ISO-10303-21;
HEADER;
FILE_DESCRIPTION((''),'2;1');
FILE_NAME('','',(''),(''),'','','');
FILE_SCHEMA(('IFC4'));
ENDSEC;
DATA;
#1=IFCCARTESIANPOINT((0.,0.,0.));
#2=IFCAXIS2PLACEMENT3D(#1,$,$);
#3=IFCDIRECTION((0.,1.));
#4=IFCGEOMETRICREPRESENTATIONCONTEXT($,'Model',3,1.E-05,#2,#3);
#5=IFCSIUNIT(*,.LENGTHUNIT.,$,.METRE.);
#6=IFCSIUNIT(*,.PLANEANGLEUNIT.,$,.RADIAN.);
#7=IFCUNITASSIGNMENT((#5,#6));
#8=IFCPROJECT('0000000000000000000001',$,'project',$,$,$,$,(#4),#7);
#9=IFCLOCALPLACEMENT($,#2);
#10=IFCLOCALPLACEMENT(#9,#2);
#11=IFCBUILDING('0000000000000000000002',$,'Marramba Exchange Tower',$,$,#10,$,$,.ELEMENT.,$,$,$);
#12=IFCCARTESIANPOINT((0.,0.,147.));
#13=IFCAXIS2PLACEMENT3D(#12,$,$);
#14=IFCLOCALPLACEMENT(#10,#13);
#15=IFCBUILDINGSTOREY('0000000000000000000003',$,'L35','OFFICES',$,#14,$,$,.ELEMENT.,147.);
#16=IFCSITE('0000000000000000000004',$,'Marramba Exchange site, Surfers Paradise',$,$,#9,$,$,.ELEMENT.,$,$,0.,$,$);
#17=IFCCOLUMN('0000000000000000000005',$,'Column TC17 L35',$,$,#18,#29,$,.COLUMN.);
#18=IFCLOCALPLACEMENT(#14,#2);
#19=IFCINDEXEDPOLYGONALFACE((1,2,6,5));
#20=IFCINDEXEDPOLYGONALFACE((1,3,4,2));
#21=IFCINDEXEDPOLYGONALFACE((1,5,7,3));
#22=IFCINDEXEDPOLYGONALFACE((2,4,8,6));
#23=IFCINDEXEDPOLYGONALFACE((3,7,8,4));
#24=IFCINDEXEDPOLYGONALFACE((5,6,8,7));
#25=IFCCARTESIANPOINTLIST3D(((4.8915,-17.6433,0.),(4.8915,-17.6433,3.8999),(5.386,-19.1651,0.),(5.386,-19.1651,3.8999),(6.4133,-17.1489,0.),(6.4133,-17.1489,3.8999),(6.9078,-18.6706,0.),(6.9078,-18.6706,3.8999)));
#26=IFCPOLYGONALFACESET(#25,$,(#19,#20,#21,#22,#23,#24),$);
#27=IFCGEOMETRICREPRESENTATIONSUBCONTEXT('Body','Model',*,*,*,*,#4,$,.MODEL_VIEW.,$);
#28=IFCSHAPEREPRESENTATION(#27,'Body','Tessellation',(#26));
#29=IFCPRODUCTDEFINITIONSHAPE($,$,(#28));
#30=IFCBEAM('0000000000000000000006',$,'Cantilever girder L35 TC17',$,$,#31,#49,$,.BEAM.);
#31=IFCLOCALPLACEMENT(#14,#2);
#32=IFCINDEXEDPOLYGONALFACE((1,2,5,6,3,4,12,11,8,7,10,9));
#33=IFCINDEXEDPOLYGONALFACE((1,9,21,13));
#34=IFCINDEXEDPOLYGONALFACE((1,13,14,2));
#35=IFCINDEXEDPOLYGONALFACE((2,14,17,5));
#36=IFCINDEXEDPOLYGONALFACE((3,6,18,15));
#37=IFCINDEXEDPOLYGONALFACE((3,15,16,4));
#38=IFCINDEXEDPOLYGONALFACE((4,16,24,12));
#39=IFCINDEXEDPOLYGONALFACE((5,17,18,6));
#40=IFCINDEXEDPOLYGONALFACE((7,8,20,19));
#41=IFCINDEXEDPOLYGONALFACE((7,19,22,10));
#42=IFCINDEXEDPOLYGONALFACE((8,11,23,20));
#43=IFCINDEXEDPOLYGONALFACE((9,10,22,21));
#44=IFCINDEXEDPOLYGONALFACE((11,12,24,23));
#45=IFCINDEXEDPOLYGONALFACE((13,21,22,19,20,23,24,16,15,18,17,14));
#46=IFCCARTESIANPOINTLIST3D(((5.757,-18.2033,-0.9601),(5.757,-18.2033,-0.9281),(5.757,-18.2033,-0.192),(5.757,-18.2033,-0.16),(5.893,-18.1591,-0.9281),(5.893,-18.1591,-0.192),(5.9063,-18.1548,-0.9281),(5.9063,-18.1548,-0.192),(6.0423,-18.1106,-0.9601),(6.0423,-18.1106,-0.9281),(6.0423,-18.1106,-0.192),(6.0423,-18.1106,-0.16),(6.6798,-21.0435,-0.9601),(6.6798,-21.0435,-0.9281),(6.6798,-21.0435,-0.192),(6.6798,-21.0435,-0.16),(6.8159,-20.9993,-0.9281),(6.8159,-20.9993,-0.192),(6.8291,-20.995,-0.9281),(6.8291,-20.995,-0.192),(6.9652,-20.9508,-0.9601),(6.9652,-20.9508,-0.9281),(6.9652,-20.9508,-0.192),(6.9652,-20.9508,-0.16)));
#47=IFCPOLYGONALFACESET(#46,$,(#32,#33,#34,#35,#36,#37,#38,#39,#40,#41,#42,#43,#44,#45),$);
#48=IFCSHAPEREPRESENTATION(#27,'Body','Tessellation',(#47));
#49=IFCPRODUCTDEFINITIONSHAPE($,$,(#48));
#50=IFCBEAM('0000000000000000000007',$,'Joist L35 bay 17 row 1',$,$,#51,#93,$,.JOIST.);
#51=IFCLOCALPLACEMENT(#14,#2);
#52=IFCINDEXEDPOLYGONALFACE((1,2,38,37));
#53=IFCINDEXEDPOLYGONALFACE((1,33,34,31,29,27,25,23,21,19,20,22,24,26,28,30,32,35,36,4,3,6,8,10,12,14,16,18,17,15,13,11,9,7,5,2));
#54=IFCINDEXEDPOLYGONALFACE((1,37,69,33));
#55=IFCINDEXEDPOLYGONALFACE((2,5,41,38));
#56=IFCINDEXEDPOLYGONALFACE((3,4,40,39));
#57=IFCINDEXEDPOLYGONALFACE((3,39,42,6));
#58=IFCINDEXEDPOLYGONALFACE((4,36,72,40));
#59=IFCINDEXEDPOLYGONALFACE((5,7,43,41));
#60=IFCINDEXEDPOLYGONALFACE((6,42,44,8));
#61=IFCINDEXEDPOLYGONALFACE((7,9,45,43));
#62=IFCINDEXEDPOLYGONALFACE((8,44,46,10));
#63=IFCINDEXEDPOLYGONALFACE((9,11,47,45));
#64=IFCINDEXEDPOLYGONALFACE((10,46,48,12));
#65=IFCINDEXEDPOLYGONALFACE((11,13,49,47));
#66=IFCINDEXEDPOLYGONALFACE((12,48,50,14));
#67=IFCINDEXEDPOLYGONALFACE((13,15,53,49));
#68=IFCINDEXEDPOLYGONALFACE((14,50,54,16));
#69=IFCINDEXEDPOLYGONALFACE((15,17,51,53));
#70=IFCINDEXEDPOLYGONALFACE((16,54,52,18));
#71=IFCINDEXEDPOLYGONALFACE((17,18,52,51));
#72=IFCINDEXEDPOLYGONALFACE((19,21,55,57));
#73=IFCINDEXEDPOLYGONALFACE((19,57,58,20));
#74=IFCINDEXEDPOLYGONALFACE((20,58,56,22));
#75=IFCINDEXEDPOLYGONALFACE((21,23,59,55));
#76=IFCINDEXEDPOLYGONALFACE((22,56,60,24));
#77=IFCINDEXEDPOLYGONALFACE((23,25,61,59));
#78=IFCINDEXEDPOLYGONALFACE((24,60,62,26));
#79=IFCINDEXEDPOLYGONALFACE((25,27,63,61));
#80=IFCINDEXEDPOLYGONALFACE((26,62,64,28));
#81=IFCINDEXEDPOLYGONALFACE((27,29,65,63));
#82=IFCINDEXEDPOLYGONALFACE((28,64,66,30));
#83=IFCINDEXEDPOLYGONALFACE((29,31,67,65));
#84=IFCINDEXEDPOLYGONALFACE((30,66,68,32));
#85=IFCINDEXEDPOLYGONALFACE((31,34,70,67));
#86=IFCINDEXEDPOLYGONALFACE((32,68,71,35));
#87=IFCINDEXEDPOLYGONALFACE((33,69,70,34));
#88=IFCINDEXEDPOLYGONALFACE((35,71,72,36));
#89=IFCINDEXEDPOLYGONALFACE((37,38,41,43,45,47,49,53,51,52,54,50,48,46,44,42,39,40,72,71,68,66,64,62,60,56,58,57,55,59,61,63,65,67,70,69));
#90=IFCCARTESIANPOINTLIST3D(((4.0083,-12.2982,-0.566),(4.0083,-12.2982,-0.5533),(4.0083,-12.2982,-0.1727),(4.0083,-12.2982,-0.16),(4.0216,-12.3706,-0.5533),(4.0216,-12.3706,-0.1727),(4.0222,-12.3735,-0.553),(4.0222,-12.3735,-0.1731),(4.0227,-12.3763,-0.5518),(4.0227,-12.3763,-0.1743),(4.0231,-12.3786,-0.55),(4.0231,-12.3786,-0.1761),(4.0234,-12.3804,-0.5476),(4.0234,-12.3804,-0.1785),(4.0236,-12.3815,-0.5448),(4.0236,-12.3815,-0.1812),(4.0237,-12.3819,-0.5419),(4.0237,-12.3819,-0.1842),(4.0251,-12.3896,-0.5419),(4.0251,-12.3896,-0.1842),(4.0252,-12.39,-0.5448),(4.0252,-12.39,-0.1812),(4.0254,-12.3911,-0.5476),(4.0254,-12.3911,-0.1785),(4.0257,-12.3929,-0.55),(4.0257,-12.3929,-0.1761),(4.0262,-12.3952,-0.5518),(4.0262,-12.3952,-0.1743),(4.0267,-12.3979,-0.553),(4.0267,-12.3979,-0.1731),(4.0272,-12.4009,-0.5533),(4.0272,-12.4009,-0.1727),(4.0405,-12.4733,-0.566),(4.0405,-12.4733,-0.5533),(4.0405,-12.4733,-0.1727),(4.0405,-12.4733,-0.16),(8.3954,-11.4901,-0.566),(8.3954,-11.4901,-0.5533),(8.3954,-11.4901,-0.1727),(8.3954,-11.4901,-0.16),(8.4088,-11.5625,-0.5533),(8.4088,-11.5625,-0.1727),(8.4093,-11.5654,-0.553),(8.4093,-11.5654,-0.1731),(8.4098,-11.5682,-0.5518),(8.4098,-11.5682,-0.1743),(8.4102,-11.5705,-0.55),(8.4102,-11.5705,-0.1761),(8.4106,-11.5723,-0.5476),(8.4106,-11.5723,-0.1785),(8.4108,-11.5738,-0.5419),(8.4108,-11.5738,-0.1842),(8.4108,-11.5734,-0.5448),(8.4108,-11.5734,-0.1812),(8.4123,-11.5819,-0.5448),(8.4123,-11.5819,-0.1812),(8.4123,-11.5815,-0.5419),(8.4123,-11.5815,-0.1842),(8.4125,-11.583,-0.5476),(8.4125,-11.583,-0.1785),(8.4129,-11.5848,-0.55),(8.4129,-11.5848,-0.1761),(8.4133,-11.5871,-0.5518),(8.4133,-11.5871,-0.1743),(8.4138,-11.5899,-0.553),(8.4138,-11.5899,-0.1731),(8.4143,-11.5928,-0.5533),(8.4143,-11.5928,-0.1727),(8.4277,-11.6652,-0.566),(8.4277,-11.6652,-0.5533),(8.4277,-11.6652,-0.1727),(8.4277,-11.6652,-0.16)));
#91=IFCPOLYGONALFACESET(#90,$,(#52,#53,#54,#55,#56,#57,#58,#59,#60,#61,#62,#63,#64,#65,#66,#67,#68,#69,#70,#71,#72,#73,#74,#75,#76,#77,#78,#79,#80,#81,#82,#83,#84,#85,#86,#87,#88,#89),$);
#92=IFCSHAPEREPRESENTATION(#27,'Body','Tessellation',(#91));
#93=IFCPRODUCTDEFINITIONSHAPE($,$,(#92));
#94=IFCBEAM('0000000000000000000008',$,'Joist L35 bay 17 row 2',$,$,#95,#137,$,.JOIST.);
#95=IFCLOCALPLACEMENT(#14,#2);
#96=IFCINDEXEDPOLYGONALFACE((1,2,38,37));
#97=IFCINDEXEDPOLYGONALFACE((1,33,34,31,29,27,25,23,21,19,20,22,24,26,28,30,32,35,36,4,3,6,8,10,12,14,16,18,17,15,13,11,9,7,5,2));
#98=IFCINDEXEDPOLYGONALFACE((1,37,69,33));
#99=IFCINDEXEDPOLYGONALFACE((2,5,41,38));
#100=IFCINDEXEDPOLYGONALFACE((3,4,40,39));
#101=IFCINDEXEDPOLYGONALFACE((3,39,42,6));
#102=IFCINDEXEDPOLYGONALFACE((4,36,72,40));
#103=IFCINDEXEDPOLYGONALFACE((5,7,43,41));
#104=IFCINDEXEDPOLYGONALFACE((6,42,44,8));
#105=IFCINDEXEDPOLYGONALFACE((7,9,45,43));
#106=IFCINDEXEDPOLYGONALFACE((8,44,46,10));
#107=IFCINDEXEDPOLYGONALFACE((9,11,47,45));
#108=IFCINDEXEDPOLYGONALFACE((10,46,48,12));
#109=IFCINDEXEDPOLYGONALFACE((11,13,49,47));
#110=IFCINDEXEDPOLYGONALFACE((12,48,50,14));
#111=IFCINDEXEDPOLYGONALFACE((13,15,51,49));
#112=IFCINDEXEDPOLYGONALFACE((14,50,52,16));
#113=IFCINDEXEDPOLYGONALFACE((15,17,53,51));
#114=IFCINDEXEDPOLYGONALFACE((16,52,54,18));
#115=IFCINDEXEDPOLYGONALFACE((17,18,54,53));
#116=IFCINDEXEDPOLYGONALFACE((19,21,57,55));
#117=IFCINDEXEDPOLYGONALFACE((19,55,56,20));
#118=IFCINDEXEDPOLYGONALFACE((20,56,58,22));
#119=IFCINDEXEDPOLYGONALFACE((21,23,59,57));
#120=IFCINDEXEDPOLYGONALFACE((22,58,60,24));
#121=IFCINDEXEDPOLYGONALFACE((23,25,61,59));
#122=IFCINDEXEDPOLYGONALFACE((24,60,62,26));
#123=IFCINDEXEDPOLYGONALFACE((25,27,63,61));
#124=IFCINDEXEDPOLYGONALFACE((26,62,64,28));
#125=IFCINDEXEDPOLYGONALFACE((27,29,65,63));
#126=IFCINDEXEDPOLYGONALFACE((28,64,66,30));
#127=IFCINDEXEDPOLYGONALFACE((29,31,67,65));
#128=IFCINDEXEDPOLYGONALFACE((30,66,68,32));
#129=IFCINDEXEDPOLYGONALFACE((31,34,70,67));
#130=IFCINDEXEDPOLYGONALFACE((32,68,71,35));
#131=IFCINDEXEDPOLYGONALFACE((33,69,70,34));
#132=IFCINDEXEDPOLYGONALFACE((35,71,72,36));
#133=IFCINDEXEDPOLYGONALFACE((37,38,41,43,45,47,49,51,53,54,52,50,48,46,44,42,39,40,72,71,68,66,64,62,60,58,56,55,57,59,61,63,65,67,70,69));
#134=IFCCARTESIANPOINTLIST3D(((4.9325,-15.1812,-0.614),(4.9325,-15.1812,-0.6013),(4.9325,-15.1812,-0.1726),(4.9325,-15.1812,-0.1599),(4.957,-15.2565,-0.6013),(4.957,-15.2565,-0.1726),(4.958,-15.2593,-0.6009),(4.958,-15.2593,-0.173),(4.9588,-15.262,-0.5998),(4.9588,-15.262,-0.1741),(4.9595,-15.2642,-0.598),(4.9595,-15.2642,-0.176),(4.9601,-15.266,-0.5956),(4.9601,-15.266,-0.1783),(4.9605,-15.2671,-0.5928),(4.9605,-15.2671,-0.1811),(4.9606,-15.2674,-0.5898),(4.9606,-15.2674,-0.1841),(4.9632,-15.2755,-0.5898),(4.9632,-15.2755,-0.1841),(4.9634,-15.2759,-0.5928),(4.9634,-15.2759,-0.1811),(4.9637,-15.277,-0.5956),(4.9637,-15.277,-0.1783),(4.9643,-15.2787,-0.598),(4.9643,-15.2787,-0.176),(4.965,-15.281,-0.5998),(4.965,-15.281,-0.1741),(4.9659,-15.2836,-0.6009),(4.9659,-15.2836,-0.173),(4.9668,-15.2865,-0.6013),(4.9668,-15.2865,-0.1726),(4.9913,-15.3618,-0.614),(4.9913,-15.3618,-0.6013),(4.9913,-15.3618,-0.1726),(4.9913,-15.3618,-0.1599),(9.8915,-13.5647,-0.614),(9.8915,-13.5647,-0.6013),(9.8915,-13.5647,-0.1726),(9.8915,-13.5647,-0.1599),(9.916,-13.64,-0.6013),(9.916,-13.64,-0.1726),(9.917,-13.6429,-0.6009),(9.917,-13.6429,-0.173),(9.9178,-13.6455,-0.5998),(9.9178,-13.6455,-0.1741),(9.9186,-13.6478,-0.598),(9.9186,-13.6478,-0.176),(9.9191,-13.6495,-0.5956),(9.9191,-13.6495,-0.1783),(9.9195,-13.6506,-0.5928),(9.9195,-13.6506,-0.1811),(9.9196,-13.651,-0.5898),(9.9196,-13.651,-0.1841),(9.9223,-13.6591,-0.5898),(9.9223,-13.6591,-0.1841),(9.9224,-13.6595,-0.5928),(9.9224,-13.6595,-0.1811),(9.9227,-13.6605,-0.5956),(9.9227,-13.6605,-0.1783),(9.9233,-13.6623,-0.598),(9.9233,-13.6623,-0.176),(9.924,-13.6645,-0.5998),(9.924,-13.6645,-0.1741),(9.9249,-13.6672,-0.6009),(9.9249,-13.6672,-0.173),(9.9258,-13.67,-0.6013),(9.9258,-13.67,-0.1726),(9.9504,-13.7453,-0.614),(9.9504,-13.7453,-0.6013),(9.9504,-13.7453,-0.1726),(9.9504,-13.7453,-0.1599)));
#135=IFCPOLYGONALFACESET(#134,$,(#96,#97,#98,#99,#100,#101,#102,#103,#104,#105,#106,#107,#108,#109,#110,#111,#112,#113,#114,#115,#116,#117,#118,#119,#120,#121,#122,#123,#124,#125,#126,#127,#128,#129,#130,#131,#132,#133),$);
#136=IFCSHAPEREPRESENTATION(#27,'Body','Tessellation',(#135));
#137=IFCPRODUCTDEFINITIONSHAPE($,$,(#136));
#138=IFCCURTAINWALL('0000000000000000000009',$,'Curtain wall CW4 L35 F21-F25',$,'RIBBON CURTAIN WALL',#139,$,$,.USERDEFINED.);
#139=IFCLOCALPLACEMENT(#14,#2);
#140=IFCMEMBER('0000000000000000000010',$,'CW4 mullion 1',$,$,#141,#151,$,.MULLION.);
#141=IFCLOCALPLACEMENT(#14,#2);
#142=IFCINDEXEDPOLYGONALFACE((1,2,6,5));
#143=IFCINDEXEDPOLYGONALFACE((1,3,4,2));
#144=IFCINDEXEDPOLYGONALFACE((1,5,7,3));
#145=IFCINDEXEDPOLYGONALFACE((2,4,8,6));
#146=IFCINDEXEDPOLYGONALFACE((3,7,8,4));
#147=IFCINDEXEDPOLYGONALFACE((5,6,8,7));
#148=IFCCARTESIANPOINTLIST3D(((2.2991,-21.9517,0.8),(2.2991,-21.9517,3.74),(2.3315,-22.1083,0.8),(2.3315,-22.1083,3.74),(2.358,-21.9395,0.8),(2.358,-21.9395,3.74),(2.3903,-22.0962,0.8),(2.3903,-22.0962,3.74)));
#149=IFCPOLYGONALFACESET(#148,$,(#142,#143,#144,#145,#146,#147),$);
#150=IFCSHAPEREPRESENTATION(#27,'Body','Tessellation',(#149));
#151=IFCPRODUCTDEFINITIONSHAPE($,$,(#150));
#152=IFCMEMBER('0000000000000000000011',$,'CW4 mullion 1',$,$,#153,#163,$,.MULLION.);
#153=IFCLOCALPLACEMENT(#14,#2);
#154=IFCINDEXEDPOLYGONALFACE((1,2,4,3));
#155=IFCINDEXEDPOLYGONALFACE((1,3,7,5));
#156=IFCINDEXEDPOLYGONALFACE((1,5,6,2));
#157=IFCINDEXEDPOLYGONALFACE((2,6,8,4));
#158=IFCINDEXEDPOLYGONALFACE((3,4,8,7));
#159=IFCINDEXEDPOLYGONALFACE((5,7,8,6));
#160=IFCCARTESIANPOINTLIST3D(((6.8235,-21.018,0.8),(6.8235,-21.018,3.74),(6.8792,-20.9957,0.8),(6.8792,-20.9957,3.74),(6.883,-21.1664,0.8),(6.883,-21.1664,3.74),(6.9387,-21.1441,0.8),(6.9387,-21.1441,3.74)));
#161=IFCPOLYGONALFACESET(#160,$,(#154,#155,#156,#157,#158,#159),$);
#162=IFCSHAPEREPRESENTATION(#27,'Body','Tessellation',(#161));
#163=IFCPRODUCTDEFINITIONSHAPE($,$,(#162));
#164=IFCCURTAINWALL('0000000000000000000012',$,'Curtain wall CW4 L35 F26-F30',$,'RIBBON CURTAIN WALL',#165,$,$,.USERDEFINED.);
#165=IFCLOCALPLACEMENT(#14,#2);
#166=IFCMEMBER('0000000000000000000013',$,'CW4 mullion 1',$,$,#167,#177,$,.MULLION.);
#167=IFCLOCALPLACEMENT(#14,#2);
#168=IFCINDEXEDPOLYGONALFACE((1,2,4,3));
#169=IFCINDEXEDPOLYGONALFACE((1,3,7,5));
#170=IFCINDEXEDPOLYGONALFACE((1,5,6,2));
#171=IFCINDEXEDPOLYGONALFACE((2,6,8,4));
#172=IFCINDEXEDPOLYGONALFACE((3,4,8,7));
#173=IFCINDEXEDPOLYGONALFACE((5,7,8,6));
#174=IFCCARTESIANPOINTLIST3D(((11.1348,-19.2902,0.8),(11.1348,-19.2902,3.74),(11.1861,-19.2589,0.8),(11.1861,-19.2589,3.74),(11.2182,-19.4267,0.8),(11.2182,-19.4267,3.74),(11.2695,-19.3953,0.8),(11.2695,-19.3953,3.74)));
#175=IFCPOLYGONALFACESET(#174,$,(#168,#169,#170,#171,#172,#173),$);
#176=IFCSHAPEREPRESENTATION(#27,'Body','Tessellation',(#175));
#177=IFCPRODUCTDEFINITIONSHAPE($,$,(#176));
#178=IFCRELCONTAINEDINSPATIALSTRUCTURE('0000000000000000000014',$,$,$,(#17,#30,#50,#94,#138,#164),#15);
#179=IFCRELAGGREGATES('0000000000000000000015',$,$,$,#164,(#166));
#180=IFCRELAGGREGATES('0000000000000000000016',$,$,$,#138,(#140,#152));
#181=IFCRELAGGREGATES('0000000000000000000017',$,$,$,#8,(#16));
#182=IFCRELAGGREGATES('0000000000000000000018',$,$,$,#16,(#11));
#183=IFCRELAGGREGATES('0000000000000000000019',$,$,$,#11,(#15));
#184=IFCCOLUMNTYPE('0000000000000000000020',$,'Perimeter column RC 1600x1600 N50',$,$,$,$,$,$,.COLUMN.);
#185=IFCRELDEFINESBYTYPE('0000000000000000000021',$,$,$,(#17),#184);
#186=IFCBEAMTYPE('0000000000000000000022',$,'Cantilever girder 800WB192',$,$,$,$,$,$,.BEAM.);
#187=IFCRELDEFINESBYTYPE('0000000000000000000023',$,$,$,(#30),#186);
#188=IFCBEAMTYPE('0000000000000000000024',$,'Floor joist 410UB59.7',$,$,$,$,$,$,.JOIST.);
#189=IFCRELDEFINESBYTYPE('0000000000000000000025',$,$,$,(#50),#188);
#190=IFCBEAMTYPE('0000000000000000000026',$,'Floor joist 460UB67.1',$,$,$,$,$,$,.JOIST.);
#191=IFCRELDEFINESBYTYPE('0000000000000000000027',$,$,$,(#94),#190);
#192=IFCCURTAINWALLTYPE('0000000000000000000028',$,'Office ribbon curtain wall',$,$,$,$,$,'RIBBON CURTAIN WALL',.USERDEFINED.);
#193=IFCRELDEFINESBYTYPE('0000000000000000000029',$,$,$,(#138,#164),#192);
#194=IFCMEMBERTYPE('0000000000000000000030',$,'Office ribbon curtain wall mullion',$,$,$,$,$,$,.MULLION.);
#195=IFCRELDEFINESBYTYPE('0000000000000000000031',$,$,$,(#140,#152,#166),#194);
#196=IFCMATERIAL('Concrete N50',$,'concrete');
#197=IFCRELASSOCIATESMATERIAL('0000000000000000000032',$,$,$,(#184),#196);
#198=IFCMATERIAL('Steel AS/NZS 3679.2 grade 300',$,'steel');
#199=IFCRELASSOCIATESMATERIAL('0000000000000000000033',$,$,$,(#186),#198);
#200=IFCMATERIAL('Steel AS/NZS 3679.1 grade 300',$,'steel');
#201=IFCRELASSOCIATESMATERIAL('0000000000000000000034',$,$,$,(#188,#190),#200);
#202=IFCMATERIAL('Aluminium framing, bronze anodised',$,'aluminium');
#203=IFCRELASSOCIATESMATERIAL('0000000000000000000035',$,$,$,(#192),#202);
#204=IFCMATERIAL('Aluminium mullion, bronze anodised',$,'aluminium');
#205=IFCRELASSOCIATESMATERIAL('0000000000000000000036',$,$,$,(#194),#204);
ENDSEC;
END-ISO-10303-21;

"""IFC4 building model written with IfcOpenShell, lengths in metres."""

from ifc_helpers import new_model, si_unit, direction, frame, origin, origin_2d, place, context, subcontext, project, spatial, rectangle, i_section, extrude, material, material_profile, profile_set, type_object, element, aggregate, save


model = new_model("IFC4")

# Units and contexts
model_context = context("Model", 3, precision=1e-05, world=origin(), true_north=direction((0.0, 1.0)))
body_context = subcontext(model_context, "Body", "Model", "MODEL_VIEW")
ifc_project = project(units=[si_unit("LENGTHUNIT", "METRE"), si_unit("PLANEANGLEUNIT", "RADIAN")], contexts=[model_context])

# Site, building, storey
site_placement = place(None, origin())
site = spatial("IfcSite", under=ifc_project, at=site_placement, Name="Marramba Exchange site, Surfers Paradise", CompositionType="ELEMENT", RefElevation=0.0)
building_placement = place(site_placement, origin())
building = spatial("IfcBuilding", under=site, at=building_placement, Name="Marramba Exchange Tower", CompositionType="ELEMENT")
storey_placement = place(building_placement, frame((0.0, 0.0, 147.0)))
storey = spatial("IfcBuildingStorey", under=building, at=storey_placement, Name="L35", Description="OFFICES", CompositionType="ELEMENT", Elevation=147.0)

# Column
ifc_material_1 = material(Name="Concrete N50", Category="concrete")
ifc_material_profile_1 = material_profile(ifc_material_1, rectangle(XDim=1.6001, YDim=1.6001, at=origin_2d()), Name="RC 1600x1600")
ifc_profile_set_1 = profile_set([ifc_material_profile_1], Name="Concrete N50")
column_type = type_object("IfcColumnType", Name="Perimeter column RC 1600x1600 N50", PredefinedType="COLUMN", material=ifc_profile_set_1)
column_placement = place(storey_placement, frame((5.8997, -18.157, 0.0), z_axis=(0.0, 0.0, 1.0), x_axis=(0.309017, -0.951057, 0.0)))
element("IfcColumn", 1, at=column_placement, inside=storey, type_object=column_type, Name="Column TC17 L35", PredefinedType="COLUMN", context=body_context, shape_type="SweptSolid", body=[
    extrude(rectangle(XDim=1.6001, YDim=1.6001, at=origin_2d()), origin(), (0.0, 0.0, 1.0), 3.8999),
])

# Beams
ifc_material_2 = material(Name="Steel AS/NZS 3679.2 grade 300", Category="steel")
ifc_material_profile_2 = material_profile(ifc_material_2, i_section(OverallWidth=0.3, OverallDepth=0.8, WebThickness=0.0139, FlangeThickness=0.032, at=origin_2d()), Name="800WB192")
ifc_profile_set_2 = profile_set([ifc_material_profile_2], Name="Steel AS/NZS 3679.2 grade 300")
beam_type_1 = type_object("IfcBeamType", Name="Cantilever girder 800WB192", PredefinedType="BEAM", material=ifc_profile_set_2)
beam_1_placement = place(storey_placement, frame((5.8997, -18.157, -0.5601), z_axis=(0.309032, -0.951051, 0.0), x_axis=(0.951051, 0.309032, 0.0)))
element("IfcBeam", 2, at=beam_1_placement, inside=storey, type_object=beam_type_1, Name="Cantilever girder L35 TC17", PredefinedType="BEAM", context=body_context, shape_type="SweptSolid", body=[
    extrude(i_section(OverallWidth=0.3, OverallDepth=0.8, WebThickness=0.0139, FlangeThickness=0.032, at=origin_2d()), origin(), (0.0, 0.0, 1.0), 2.9863),
])
ifc_material_3 = material(Name="Steel AS/NZS 3679.1 grade 300", Category="steel")
ifc_material_profile_3 = material_profile(ifc_material_3, i_section(OverallWidth=0.178, OverallDepth=0.406, WebThickness=0.0078, FlangeThickness=0.0127, FilletRadius=0.0115, at=origin_2d()), Name="410UB59.7")
ifc_profile_set_3 = profile_set([ifc_material_profile_3], Name="Steel AS/NZS 3679.1 grade 300")
beam_type_2 = type_object("IfcBeamType", Name="Floor joist 410UB59.7", PredefinedType="JOIST", material=ifc_profile_set_3)
beam_2_placement = place(storey_placement, frame((4.0244, -12.3857, -0.363), z_axis=(0.983456, 0.181149, 0.0), x_axis=(-0.181149, 0.983456, 0.0)))
element("IfcBeam", 3, at=beam_2_placement, inside=storey, type_object=beam_type_2, Name="Joist L35 bay 17 row 1", PredefinedType="JOIST", context=body_context, shape_type="SweptSolid", body=[
    extrude(i_section(OverallWidth=0.178, OverallDepth=0.406, WebThickness=0.0078, FlangeThickness=0.0127, FilletRadius=0.0115, at=origin_2d()), origin(), (0.0, 0.0, 1.0), 4.4609),
])
ifc_material_profile_4 = material_profile(ifc_material_3, i_section(OverallWidth=0.1899, OverallDepth=0.4541, WebThickness=0.0085, FlangeThickness=0.0127, FilletRadius=0.0115, at=origin_2d()), Name="460UB67.1")
ifc_profile_set_4 = profile_set([ifc_material_profile_4], Name="Steel AS/NZS 3679.1 grade 300")
beam_type_3 = type_object("IfcBeamType", Name="Floor joist 460UB67.1", PredefinedType="JOIST", material=ifc_profile_set_4)
beam_3_placement = place(storey_placement, frame((4.9619, -15.2715, -0.387), z_axis=(0.950764, 0.309916, 0.0), x_axis=(-0.309916, 0.950764, 0.0)))
element("IfcBeam", 4, at=beam_3_placement, inside=storey, type_object=beam_type_3, Name="Joist L35 bay 17 row 2", PredefinedType="JOIST", context=body_context, shape_type="SweptSolid", body=[
    extrude(i_section(OverallWidth=0.1899, OverallDepth=0.4541, WebThickness=0.0085, FlangeThickness=0.0127, FilletRadius=0.0115, at=origin_2d()), origin(), (0.0, 0.0, 1.0), 5.2158),
])

# Curtain wall, members
ifc_material_4 = material(Name="Aluminium framing, bronze anodised", Category="aluminium")
curtain_wall_type = type_object("IfcCurtainWallType", Name="Office ribbon curtain wall", ElementType="RIBBON CURTAIN WALL", PredefinedType="USERDEFINED", material=ifc_material_4)
curtain_wall_1_placement = place(storey_placement, origin())
curtain_wall_1 = element("IfcCurtainWall", 5, at=curtain_wall_1_placement, inside=storey, type_object=curtain_wall_type, Name="Curtain wall CW4 L35 F21-F25", ObjectType="RIBBON CURTAIN WALL", PredefinedType="USERDEFINED")
ifc_material_5 = material(Name="Aluminium mullion, bronze anodised", Category="aluminium")
ifc_material_profile_5 = material_profile(ifc_material_5, rectangle(XDim=0.1599, YDim=0.0601, at=origin_2d()), Name="CW4 mullion 60x160")
ifc_profile_set_5 = profile_set([ifc_material_profile_5], Name="Aluminium mullion, bronze anodised")
member_type_1 = type_object("IfcMemberType", Name="Office ribbon curtain wall mullion", PredefinedType="MULLION", material=ifc_profile_set_5)
member_1_placement = place(storey_placement, frame((2.3447, -22.0239, 0.8), z_axis=(0.0, 0.0, 1.0), x_axis=(-0.202365, 0.97931, 0.0)))
member_1 = element("IfcMember", 6, at=member_1_placement, type_object=member_type_1, Name="CW4 mullion 1", PredefinedType="MULLION", context=body_context, shape_type="SweptSolid", body=[
    extrude(rectangle(XDim=0.1599, YDim=0.0601, at=origin_2d()), origin(), (0.0, 0.0, 1.0), 2.9399),
])
member_2_placement = place(storey_placement, frame((6.8811, -21.0811, 0.8), z_axis=(0.0, 0.0, 1.0), x_axis=(-0.372209, 0.928149, 0.0)))
member_2 = element("IfcMember", 7, at=member_2_placement, type_object=member_type_1, Name="CW4 mullion 1", PredefinedType="MULLION", context=body_context, shape_type="SweptSolid", body=[
    extrude(rectangle(XDim=0.1599, YDim=0.0601, at=origin_2d()), origin(), (0.0, 0.0, 1.0), 2.9399),
])

# Curtain wall, member
curtain_wall_2_placement = place(storey_placement, origin())
curtain_wall_2 = element("IfcCurtainWall", 8, at=curtain_wall_2_placement, inside=storey, type_object=curtain_wall_type, Name="Curtain wall CW4 L35 F26-F30", ObjectType="RIBBON CURTAIN WALL", PredefinedType="USERDEFINED")
member_3_placement = place(storey_placement, frame((11.2021, -19.3428, 0.8), z_axis=(0.0, 0.0, 1.0), x_axis=(-0.521733, 0.853109, 0.0)))
member_3 = element("IfcMember", 9, at=member_3_placement, type_object=member_type_1, Name="CW4 mullion 1", PredefinedType="MULLION", context=body_context, shape_type="SweptSolid", body=[
    extrude(rectangle(XDim=0.1599, YDim=0.0601, at=origin_2d()), origin(), (0.0, 0.0, 1.0), 2.9399),
])
aggregate(curtain_wall_2, [member_3])

aggregate(curtain_wall_1, [member_1, member_2])

save(model, "model.ifc")
